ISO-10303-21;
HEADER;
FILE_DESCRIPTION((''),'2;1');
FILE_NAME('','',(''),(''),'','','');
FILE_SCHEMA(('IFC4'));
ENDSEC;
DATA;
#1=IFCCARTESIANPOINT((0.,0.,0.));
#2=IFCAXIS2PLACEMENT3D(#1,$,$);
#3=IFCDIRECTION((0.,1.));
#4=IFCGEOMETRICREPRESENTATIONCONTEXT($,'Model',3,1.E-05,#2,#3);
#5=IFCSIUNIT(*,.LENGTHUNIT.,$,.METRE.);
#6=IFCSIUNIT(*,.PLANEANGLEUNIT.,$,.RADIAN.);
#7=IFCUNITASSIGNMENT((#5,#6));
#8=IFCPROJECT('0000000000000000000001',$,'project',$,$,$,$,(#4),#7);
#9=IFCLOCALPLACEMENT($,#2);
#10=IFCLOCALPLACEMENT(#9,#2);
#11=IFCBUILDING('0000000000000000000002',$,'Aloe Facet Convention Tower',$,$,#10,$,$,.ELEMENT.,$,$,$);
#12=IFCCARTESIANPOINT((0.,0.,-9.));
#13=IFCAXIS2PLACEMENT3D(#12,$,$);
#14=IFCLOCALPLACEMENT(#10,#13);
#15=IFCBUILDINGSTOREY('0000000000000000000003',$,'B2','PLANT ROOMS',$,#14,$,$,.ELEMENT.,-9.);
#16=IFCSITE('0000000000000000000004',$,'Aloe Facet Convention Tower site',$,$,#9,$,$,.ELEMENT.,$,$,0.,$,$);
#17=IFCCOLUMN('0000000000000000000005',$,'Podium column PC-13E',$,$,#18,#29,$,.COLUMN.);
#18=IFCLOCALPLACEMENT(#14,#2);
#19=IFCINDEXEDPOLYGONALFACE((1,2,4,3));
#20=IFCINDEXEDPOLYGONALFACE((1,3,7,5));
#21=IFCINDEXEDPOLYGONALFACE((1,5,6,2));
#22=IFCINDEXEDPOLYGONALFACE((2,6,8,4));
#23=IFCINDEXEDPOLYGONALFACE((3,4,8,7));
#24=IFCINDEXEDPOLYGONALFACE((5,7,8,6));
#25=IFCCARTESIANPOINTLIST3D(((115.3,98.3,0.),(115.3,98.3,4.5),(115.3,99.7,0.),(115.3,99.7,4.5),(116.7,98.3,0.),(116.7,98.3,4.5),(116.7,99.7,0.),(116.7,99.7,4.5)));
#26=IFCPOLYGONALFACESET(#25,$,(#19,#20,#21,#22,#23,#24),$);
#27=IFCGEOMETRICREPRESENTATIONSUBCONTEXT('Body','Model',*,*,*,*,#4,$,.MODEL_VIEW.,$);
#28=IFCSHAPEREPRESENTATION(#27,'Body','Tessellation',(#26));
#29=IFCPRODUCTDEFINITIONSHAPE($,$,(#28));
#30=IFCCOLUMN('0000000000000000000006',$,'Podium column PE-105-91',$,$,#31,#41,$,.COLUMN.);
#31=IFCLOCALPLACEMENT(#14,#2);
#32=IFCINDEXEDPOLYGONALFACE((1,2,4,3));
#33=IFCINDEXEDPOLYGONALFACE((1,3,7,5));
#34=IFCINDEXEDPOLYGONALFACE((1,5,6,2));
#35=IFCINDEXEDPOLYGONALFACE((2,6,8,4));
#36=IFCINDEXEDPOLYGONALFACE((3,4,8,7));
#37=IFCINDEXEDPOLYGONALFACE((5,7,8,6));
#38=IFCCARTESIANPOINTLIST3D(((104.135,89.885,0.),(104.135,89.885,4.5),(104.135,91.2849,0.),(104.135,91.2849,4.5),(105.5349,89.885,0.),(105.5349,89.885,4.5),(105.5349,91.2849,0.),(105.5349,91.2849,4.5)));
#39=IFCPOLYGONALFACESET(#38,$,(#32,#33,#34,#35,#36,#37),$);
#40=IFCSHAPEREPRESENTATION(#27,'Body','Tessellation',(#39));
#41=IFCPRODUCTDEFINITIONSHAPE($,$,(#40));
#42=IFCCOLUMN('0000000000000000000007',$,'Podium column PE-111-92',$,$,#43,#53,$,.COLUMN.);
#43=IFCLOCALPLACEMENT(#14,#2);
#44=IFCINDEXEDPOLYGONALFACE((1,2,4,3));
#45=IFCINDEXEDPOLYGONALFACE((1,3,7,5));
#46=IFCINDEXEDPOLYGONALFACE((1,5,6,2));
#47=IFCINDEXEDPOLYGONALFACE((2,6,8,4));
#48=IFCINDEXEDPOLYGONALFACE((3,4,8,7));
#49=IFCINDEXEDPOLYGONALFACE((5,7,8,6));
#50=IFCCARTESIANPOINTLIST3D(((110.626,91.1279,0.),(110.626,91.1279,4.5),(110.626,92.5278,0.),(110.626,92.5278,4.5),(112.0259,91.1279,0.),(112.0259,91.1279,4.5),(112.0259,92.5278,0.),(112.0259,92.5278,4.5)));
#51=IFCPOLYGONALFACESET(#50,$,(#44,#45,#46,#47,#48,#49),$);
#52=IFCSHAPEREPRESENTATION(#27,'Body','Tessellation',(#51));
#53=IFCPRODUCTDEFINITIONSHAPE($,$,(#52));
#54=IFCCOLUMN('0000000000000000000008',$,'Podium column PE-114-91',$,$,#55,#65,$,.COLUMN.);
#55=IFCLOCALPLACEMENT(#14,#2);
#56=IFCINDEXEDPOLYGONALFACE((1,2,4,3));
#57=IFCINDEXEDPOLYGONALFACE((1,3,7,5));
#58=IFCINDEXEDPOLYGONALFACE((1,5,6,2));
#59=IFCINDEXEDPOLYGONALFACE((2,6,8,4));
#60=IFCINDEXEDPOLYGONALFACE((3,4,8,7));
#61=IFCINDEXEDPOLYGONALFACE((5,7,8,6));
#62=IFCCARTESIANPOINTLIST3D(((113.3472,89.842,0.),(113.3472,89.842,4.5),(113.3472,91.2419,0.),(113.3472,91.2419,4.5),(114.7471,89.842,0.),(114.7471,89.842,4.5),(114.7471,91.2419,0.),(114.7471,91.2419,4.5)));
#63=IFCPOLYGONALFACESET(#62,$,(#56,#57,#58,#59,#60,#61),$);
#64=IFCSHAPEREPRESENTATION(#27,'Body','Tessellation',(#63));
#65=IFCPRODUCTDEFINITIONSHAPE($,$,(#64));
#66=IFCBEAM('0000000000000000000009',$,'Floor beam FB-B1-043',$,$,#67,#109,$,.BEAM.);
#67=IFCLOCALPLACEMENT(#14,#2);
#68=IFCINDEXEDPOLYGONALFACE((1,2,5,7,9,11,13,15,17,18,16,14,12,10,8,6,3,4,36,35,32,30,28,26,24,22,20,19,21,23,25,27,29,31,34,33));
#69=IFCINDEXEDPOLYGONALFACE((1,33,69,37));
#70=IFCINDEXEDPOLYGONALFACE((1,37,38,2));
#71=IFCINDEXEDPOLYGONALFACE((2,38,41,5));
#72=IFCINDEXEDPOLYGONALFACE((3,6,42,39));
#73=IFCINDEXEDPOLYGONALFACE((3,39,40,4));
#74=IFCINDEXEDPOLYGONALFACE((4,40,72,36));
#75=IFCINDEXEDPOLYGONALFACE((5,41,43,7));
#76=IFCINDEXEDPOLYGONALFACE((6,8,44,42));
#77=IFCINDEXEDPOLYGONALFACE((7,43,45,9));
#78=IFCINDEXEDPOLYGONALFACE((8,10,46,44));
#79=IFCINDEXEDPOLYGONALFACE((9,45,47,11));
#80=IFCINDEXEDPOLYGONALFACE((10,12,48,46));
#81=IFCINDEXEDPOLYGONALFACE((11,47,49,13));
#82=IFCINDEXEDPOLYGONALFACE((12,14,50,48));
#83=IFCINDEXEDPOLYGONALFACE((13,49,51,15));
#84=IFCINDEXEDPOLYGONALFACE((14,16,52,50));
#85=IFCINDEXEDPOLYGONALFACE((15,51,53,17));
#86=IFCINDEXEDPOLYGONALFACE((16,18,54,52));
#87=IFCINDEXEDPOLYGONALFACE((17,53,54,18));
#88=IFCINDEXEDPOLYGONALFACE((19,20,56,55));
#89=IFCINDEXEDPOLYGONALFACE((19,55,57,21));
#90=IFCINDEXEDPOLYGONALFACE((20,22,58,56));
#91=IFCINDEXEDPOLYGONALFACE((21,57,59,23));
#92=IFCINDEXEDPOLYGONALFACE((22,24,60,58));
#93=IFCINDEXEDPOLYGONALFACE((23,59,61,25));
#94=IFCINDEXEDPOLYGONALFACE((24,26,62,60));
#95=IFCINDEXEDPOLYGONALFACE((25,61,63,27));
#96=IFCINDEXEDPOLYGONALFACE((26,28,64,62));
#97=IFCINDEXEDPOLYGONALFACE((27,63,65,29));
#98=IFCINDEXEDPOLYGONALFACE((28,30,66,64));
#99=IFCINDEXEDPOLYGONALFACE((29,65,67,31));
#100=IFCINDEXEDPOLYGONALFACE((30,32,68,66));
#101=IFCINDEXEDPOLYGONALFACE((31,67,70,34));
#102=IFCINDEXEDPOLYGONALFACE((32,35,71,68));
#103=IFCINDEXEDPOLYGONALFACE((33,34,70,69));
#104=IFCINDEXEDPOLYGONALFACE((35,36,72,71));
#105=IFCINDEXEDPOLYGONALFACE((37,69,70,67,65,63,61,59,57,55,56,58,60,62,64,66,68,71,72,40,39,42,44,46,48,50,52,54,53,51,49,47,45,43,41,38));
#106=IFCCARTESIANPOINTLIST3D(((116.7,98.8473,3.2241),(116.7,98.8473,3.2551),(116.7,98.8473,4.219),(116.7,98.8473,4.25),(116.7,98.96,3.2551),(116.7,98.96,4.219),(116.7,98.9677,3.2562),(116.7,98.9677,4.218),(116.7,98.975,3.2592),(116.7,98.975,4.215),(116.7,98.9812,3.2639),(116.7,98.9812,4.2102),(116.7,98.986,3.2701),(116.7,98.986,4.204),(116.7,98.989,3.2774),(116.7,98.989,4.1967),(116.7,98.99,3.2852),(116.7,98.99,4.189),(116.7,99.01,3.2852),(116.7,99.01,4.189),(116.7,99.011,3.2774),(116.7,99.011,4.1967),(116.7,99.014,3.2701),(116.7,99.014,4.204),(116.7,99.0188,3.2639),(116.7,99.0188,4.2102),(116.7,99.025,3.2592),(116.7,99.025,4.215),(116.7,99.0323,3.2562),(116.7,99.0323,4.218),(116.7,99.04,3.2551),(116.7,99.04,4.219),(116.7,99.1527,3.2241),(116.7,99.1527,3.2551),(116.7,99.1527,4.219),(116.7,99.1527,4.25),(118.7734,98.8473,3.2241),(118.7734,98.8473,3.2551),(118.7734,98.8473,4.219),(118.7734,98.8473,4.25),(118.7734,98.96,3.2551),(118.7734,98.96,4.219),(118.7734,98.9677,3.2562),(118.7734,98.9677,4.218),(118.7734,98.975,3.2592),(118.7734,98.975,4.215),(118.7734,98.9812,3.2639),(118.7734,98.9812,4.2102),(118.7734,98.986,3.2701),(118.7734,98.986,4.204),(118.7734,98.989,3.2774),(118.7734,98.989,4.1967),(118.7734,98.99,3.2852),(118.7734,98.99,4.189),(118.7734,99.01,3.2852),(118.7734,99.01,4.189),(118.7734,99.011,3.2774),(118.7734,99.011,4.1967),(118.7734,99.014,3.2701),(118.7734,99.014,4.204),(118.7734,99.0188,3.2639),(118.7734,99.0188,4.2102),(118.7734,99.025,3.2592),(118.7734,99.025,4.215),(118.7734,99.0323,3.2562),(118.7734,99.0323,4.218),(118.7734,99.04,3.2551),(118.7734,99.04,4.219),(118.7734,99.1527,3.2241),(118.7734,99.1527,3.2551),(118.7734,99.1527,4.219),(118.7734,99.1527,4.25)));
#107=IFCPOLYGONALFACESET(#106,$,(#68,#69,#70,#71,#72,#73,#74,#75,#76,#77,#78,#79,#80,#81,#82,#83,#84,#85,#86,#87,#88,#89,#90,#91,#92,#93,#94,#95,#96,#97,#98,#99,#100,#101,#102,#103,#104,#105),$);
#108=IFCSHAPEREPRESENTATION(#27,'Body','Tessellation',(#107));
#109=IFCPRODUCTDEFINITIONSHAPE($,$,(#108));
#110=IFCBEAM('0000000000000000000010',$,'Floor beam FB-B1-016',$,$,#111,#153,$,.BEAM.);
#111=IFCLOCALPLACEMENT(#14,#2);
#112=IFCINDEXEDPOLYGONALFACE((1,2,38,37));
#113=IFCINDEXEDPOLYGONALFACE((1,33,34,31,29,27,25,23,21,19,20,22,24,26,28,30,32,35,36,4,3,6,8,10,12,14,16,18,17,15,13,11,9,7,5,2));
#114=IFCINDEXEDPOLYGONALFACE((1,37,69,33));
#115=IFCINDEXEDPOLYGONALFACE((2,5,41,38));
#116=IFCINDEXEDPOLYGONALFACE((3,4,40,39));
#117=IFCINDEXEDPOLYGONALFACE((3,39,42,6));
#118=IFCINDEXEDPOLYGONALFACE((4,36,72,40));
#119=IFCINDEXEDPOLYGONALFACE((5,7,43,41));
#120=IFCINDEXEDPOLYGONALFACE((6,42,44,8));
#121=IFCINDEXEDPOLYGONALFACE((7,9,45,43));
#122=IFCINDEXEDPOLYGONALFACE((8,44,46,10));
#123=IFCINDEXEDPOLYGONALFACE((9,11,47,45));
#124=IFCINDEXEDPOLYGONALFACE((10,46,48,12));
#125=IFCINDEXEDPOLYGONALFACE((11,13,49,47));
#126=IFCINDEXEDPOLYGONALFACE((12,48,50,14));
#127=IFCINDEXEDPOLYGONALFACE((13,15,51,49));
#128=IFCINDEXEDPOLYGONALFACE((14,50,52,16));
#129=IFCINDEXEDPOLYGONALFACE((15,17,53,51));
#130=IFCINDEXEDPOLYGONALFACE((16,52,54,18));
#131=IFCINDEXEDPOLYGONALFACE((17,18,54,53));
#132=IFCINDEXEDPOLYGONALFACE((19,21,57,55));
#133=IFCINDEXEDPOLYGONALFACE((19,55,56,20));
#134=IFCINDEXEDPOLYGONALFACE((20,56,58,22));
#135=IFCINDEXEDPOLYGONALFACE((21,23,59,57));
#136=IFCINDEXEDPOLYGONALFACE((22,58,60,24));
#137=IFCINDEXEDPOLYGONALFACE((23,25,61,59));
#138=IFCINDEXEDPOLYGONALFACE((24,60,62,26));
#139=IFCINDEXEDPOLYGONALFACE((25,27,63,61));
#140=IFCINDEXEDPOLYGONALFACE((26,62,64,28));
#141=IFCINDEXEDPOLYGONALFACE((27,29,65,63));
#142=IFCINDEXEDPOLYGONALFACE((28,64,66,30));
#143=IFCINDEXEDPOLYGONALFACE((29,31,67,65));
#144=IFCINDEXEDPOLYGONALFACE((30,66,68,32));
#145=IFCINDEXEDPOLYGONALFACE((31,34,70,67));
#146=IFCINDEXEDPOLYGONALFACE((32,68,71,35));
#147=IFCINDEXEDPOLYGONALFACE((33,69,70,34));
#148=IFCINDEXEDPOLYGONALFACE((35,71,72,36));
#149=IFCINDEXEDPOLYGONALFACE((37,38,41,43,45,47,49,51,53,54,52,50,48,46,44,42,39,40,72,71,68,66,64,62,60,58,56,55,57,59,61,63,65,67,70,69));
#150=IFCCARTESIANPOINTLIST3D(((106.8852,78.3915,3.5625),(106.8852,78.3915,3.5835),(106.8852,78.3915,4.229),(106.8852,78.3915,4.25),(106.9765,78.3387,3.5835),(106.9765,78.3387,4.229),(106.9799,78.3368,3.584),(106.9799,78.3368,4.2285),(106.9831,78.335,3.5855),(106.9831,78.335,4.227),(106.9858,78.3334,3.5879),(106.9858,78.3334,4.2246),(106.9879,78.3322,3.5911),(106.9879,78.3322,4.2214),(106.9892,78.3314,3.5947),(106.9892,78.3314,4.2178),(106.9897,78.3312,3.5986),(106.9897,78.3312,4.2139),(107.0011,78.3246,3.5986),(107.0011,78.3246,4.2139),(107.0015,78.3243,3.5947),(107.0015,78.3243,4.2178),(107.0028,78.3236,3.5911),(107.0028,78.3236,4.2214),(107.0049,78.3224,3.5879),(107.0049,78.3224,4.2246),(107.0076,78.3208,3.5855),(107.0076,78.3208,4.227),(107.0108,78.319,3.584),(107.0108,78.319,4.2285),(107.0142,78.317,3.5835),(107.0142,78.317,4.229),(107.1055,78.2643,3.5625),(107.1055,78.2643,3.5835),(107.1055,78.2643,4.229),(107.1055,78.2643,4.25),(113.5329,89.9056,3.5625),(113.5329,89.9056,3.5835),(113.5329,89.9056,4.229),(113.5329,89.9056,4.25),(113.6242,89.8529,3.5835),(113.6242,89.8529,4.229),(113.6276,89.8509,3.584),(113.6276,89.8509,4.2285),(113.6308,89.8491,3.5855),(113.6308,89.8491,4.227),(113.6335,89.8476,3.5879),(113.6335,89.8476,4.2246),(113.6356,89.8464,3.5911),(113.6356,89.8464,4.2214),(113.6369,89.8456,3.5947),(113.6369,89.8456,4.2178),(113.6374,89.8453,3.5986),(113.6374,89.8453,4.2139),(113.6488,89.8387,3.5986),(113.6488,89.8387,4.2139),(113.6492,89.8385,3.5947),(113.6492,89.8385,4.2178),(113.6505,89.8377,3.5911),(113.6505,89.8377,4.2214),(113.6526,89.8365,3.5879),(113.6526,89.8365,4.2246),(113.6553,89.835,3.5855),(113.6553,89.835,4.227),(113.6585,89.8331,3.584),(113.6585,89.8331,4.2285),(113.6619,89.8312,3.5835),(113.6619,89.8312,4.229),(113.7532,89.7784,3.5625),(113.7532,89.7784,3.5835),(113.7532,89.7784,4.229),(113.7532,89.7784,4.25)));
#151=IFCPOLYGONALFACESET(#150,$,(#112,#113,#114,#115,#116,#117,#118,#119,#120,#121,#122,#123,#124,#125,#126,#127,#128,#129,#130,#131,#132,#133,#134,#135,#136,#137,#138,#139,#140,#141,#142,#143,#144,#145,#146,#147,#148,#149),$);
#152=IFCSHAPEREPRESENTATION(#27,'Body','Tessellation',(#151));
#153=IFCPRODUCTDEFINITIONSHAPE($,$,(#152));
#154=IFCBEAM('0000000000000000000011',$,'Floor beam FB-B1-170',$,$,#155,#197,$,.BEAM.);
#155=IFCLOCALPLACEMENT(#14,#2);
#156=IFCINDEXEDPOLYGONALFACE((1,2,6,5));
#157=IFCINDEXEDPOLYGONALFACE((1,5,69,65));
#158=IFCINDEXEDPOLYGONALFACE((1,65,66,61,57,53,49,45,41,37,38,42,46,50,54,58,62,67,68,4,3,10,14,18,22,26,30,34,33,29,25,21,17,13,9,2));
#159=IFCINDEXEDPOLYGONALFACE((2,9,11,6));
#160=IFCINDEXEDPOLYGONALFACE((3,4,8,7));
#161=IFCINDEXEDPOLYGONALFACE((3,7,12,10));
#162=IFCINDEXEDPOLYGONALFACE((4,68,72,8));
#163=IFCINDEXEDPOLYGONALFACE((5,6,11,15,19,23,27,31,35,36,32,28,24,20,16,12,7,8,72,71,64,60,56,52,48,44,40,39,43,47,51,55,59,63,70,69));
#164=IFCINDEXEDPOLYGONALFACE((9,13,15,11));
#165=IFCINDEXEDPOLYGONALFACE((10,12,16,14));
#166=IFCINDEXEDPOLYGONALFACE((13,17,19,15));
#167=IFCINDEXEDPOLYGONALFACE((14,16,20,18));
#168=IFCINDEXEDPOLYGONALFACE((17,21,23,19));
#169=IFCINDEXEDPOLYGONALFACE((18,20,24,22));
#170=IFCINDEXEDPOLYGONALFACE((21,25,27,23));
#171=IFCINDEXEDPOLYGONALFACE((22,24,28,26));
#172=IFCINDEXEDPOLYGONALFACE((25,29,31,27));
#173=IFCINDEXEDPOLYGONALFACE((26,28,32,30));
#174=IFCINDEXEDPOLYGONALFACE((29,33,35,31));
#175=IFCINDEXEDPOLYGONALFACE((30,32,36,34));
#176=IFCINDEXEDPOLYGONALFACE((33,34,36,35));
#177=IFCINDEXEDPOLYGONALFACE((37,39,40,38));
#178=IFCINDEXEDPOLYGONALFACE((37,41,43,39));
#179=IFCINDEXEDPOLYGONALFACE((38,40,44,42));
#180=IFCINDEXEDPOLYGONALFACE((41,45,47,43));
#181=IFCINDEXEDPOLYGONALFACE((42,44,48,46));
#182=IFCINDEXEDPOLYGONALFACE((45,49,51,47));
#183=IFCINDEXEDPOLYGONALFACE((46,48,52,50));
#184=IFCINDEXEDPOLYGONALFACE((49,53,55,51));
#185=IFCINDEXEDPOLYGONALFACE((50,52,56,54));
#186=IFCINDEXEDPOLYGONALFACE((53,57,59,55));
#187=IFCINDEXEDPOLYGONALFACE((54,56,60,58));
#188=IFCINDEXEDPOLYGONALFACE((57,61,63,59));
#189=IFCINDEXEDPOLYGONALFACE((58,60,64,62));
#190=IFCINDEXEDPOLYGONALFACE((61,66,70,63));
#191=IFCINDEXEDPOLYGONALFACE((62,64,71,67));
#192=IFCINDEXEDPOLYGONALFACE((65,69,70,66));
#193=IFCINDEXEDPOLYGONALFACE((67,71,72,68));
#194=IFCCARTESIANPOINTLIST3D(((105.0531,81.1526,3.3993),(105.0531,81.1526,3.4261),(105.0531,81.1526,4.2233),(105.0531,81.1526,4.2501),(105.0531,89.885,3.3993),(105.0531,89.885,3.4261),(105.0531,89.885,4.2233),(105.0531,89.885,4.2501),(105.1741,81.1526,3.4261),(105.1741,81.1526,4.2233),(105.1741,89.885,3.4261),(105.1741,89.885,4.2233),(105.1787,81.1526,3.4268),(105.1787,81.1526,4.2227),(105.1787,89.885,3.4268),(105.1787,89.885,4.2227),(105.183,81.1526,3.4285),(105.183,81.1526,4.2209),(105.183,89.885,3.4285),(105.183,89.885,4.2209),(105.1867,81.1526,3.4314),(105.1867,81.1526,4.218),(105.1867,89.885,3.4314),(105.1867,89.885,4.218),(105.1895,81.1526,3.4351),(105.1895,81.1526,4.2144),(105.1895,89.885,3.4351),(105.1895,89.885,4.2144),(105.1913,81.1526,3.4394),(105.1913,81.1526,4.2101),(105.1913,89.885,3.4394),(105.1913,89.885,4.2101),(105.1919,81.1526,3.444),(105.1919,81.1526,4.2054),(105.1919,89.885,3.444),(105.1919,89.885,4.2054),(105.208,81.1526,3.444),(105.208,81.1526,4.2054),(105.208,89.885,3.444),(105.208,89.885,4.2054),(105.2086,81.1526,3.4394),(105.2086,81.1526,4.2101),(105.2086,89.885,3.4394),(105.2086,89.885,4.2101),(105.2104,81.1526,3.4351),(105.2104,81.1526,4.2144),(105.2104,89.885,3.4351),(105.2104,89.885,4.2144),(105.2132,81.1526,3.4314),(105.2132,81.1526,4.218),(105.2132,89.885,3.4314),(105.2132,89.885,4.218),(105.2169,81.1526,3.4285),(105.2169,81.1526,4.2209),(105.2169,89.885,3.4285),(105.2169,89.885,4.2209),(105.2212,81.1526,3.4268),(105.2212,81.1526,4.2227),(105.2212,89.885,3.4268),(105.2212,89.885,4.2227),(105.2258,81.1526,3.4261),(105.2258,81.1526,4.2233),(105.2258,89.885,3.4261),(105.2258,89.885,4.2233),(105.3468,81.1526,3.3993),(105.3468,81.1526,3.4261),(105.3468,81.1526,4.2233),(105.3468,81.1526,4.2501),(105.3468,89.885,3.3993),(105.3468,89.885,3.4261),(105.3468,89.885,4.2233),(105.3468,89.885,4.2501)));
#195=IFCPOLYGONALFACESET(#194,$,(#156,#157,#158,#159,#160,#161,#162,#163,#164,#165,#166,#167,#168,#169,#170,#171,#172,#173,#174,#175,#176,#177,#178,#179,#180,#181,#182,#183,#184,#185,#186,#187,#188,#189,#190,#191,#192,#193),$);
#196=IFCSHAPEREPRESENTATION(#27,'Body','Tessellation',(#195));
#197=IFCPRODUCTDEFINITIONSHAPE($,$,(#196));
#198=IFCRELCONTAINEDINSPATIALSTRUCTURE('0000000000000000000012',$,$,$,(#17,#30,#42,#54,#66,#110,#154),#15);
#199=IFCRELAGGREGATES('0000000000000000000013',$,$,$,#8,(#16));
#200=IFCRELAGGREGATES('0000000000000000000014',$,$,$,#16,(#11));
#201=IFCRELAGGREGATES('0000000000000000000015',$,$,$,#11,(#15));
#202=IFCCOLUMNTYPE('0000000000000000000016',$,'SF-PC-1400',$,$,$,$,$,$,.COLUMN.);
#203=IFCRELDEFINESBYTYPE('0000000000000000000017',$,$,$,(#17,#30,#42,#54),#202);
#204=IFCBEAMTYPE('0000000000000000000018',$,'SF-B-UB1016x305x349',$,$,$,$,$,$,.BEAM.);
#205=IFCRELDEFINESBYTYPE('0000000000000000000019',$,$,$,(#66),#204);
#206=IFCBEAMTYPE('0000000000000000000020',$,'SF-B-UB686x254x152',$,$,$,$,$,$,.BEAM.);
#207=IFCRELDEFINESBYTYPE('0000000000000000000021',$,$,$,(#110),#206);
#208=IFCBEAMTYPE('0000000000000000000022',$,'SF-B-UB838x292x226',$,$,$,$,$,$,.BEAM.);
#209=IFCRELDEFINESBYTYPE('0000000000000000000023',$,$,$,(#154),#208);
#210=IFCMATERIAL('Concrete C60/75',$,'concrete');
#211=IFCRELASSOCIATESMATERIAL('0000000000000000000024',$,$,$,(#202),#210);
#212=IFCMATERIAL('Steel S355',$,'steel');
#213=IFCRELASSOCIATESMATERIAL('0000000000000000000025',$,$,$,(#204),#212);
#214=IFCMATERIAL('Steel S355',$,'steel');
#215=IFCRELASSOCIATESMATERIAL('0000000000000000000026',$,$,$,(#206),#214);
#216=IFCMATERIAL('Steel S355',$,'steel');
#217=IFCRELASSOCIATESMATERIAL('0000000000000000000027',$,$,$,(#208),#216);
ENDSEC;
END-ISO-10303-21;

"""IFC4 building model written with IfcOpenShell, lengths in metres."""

from ifc_helpers import new_model, si_unit, direction, frame, origin, origin_2d, place, context, subcontext, project, spatial, rectangle, i_section, extrude, material, material_profile, profile_set, type_object, element, save


model = new_model("IFC4")

# Units and contexts
model_context = context("Model", 3, precision=1e-05, world=origin(), true_north=direction((0.0, 1.0)))
body_context = subcontext(model_context, "Body", "Model", "MODEL_VIEW")
ifc_project = project(units=[si_unit("LENGTHUNIT", "METRE"), si_unit("PLANEANGLEUNIT", "RADIAN")], contexts=[model_context])

# Site, building, storey
site_placement = place(None, origin())
site = spatial("IfcSite", under=ifc_project, at=site_placement, Name="Aloe Facet Convention Tower site", CompositionType="ELEMENT", RefElevation=0.0)
building_placement = place(site_placement, origin())
building = spatial("IfcBuilding", under=site, at=building_placement, Name="Aloe Facet Convention Tower", CompositionType="ELEMENT")
storey_placement = place(building_placement, frame((0.0, 0.0, -9.0)))
storey = spatial("IfcBuildingStorey", under=building, at=storey_placement, Name="B2", Description="PLANT ROOMS", CompositionType="ELEMENT", Elevation=-9.0)

# Columns
ifc_material_1 = material(Name="Concrete C60/75", Category="concrete")
ifc_material_profile_1 = material_profile(ifc_material_1, rectangle(XDim=1.3999, YDim=1.3999, at=origin_2d()), Name="SF-PC-1400")
ifc_profile_set_1 = profile_set([ifc_material_profile_1], Name="Concrete C60/75")
column_type = type_object("IfcColumnType", Name="SF-PC-1400", PredefinedType="COLUMN", material=ifc_profile_set_1)
for number, where, z_axis, x_axis, name in (
    (1, (116.0, 99.0, 0.0), (0.0, 0.0, 1.0), (1.0, 0.0, 0.0), "Podium column PC-13E"),
    (2, (104.835, 90.585, 0.0), (0.0, 0.0, 1.0), (1.0, 0.0, 0.0), "Podium column PE-105-91"),
    (3, (111.3259, 91.8279, 0.0), (0.0, 0.0, 1.0), (1.0, 0.0, 0.0), "Podium column PE-111-92"),
    (4, (114.0471, 90.542, 0.0), (0.0, 0.0, 1.0), (1.0, 0.0, 0.0), "Podium column PE-114-91"),
):
    element("IfcColumn", number, at=place(storey_placement, frame(where, z_axis=z_axis, x_axis=x_axis)), inside=storey, type_object=column_type, Name=name, PredefinedType="COLUMN", context=body_context, shape_type="SweptSolid", body=[
        extrude(rectangle(XDim=1.3999, YDim=1.3999, at=origin_2d()), origin(), (0.0, 0.0, 1.0), 4.5),
    ])

# Beams
ifc_material_2 = material(Name="Steel S355", Category="steel")
ifc_material_profile_2 = material_profile(ifc_material_2, i_section(OverallWidth=0.3054, OverallDepth=1.0259, WebThickness=0.02, FlangeThickness=0.031, FilletRadius=0.03, at=origin_2d()), Name="UB 1016x305x349")
ifc_profile_set_2 = profile_set([ifc_material_profile_2], Name="Steel S355")
beam_type_1 = type_object("IfcBeamType", Name="SF-B-UB1016x305x349", PredefinedType="BEAM", material=ifc_profile_set_2)
beam_1_placement = place(storey_placement, frame((116.7, 99.0, 3.7371), z_axis=(1.0, 0.0, 0.0), x_axis=(0.0, 1.0, 0.0)))
element("IfcBeam", 5, at=beam_1_placement, inside=storey, type_object=beam_type_1, Name="Floor beam FB-B1-043", PredefinedType="BEAM", context=body_context, shape_type="SweptSolid", body=[
    extrude(i_section(OverallWidth=0.3054, OverallDepth=1.0259, WebThickness=0.02, FlangeThickness=0.031, FilletRadius=0.03, at=origin_2d()), origin(), (0.0, 0.0, 1.0), 2.0735),
])
ifc_material_3 = material(Name="Steel S355", Category="steel")
ifc_material_profile_3 = material_profile(ifc_material_3, i_section(OverallWidth=0.2544, OverallDepth=0.6875, WebThickness=0.0132, FlangeThickness=0.021, FilletRadius=0.0151, at=origin_2d()), Name="UB 686x254x152")
ifc_profile_set_3 = profile_set([ifc_material_profile_3], Name="Steel S355")
beam_type_2 = type_object("IfcBeamType", Name="SF-B-UB686x254x152", PredefinedType="BEAM", material=ifc_profile_set_3)
beam_2_placement = place(storey_placement, frame((113.6431, 89.842, 3.9062), z_axis=(-0.5, -0.866025, 0.0), x_axis=(0.866025, -0.5, 0.0)))
element("IfcBeam", 6, at=beam_2_placement, inside=storey, type_object=beam_type_2, Name="Floor beam FB-B1-016", PredefinedType="BEAM", context=body_context, shape_type="SweptSolid", body=[
    extrude(i_section(OverallWidth=0.2544, OverallDepth=0.6875, WebThickness=0.0132, FlangeThickness=0.021, FilletRadius=0.0151, at=origin_2d()), origin(), (0.0, 0.0, 1.0), 13.2954),
])
ifc_material_4 = material(Name="Steel S355", Category="steel")
ifc_material_profile_4 = material_profile(ifc_material_4, i_section(OverallWidth=0.2937, OverallDepth=0.8508, WebThickness=0.0161, FlangeThickness=0.0269, FilletRadius=0.0178, at=origin_2d()), Name="UB 838x292x226")
ifc_profile_set_4 = profile_set([ifc_material_profile_4], Name="Steel S355")
beam_type_3 = type_object("IfcBeamType", Name="SF-B-UB838x292x226", PredefinedType="BEAM", material=ifc_profile_set_4)
beam_3_placement = place(storey_placement, frame((105.2, 81.1526, 3.8247), z_axis=(0.0, 1.0, 0.0), x_axis=(-1.0, 0.0, 0.0)))
element("IfcBeam", 7, at=beam_3_placement, inside=storey, type_object=beam_type_3, Name="Floor beam FB-B1-170", PredefinedType="BEAM", context=body_context, shape_type="SweptSolid", body=[
    extrude(i_section(OverallWidth=0.2937, OverallDepth=0.8508, WebThickness=0.0161, FlangeThickness=0.0269, FilletRadius=0.0178, at=origin_2d()), origin(), (0.0, 0.0, 1.0), 8.7324),
])

save(model, "model.ifc")
